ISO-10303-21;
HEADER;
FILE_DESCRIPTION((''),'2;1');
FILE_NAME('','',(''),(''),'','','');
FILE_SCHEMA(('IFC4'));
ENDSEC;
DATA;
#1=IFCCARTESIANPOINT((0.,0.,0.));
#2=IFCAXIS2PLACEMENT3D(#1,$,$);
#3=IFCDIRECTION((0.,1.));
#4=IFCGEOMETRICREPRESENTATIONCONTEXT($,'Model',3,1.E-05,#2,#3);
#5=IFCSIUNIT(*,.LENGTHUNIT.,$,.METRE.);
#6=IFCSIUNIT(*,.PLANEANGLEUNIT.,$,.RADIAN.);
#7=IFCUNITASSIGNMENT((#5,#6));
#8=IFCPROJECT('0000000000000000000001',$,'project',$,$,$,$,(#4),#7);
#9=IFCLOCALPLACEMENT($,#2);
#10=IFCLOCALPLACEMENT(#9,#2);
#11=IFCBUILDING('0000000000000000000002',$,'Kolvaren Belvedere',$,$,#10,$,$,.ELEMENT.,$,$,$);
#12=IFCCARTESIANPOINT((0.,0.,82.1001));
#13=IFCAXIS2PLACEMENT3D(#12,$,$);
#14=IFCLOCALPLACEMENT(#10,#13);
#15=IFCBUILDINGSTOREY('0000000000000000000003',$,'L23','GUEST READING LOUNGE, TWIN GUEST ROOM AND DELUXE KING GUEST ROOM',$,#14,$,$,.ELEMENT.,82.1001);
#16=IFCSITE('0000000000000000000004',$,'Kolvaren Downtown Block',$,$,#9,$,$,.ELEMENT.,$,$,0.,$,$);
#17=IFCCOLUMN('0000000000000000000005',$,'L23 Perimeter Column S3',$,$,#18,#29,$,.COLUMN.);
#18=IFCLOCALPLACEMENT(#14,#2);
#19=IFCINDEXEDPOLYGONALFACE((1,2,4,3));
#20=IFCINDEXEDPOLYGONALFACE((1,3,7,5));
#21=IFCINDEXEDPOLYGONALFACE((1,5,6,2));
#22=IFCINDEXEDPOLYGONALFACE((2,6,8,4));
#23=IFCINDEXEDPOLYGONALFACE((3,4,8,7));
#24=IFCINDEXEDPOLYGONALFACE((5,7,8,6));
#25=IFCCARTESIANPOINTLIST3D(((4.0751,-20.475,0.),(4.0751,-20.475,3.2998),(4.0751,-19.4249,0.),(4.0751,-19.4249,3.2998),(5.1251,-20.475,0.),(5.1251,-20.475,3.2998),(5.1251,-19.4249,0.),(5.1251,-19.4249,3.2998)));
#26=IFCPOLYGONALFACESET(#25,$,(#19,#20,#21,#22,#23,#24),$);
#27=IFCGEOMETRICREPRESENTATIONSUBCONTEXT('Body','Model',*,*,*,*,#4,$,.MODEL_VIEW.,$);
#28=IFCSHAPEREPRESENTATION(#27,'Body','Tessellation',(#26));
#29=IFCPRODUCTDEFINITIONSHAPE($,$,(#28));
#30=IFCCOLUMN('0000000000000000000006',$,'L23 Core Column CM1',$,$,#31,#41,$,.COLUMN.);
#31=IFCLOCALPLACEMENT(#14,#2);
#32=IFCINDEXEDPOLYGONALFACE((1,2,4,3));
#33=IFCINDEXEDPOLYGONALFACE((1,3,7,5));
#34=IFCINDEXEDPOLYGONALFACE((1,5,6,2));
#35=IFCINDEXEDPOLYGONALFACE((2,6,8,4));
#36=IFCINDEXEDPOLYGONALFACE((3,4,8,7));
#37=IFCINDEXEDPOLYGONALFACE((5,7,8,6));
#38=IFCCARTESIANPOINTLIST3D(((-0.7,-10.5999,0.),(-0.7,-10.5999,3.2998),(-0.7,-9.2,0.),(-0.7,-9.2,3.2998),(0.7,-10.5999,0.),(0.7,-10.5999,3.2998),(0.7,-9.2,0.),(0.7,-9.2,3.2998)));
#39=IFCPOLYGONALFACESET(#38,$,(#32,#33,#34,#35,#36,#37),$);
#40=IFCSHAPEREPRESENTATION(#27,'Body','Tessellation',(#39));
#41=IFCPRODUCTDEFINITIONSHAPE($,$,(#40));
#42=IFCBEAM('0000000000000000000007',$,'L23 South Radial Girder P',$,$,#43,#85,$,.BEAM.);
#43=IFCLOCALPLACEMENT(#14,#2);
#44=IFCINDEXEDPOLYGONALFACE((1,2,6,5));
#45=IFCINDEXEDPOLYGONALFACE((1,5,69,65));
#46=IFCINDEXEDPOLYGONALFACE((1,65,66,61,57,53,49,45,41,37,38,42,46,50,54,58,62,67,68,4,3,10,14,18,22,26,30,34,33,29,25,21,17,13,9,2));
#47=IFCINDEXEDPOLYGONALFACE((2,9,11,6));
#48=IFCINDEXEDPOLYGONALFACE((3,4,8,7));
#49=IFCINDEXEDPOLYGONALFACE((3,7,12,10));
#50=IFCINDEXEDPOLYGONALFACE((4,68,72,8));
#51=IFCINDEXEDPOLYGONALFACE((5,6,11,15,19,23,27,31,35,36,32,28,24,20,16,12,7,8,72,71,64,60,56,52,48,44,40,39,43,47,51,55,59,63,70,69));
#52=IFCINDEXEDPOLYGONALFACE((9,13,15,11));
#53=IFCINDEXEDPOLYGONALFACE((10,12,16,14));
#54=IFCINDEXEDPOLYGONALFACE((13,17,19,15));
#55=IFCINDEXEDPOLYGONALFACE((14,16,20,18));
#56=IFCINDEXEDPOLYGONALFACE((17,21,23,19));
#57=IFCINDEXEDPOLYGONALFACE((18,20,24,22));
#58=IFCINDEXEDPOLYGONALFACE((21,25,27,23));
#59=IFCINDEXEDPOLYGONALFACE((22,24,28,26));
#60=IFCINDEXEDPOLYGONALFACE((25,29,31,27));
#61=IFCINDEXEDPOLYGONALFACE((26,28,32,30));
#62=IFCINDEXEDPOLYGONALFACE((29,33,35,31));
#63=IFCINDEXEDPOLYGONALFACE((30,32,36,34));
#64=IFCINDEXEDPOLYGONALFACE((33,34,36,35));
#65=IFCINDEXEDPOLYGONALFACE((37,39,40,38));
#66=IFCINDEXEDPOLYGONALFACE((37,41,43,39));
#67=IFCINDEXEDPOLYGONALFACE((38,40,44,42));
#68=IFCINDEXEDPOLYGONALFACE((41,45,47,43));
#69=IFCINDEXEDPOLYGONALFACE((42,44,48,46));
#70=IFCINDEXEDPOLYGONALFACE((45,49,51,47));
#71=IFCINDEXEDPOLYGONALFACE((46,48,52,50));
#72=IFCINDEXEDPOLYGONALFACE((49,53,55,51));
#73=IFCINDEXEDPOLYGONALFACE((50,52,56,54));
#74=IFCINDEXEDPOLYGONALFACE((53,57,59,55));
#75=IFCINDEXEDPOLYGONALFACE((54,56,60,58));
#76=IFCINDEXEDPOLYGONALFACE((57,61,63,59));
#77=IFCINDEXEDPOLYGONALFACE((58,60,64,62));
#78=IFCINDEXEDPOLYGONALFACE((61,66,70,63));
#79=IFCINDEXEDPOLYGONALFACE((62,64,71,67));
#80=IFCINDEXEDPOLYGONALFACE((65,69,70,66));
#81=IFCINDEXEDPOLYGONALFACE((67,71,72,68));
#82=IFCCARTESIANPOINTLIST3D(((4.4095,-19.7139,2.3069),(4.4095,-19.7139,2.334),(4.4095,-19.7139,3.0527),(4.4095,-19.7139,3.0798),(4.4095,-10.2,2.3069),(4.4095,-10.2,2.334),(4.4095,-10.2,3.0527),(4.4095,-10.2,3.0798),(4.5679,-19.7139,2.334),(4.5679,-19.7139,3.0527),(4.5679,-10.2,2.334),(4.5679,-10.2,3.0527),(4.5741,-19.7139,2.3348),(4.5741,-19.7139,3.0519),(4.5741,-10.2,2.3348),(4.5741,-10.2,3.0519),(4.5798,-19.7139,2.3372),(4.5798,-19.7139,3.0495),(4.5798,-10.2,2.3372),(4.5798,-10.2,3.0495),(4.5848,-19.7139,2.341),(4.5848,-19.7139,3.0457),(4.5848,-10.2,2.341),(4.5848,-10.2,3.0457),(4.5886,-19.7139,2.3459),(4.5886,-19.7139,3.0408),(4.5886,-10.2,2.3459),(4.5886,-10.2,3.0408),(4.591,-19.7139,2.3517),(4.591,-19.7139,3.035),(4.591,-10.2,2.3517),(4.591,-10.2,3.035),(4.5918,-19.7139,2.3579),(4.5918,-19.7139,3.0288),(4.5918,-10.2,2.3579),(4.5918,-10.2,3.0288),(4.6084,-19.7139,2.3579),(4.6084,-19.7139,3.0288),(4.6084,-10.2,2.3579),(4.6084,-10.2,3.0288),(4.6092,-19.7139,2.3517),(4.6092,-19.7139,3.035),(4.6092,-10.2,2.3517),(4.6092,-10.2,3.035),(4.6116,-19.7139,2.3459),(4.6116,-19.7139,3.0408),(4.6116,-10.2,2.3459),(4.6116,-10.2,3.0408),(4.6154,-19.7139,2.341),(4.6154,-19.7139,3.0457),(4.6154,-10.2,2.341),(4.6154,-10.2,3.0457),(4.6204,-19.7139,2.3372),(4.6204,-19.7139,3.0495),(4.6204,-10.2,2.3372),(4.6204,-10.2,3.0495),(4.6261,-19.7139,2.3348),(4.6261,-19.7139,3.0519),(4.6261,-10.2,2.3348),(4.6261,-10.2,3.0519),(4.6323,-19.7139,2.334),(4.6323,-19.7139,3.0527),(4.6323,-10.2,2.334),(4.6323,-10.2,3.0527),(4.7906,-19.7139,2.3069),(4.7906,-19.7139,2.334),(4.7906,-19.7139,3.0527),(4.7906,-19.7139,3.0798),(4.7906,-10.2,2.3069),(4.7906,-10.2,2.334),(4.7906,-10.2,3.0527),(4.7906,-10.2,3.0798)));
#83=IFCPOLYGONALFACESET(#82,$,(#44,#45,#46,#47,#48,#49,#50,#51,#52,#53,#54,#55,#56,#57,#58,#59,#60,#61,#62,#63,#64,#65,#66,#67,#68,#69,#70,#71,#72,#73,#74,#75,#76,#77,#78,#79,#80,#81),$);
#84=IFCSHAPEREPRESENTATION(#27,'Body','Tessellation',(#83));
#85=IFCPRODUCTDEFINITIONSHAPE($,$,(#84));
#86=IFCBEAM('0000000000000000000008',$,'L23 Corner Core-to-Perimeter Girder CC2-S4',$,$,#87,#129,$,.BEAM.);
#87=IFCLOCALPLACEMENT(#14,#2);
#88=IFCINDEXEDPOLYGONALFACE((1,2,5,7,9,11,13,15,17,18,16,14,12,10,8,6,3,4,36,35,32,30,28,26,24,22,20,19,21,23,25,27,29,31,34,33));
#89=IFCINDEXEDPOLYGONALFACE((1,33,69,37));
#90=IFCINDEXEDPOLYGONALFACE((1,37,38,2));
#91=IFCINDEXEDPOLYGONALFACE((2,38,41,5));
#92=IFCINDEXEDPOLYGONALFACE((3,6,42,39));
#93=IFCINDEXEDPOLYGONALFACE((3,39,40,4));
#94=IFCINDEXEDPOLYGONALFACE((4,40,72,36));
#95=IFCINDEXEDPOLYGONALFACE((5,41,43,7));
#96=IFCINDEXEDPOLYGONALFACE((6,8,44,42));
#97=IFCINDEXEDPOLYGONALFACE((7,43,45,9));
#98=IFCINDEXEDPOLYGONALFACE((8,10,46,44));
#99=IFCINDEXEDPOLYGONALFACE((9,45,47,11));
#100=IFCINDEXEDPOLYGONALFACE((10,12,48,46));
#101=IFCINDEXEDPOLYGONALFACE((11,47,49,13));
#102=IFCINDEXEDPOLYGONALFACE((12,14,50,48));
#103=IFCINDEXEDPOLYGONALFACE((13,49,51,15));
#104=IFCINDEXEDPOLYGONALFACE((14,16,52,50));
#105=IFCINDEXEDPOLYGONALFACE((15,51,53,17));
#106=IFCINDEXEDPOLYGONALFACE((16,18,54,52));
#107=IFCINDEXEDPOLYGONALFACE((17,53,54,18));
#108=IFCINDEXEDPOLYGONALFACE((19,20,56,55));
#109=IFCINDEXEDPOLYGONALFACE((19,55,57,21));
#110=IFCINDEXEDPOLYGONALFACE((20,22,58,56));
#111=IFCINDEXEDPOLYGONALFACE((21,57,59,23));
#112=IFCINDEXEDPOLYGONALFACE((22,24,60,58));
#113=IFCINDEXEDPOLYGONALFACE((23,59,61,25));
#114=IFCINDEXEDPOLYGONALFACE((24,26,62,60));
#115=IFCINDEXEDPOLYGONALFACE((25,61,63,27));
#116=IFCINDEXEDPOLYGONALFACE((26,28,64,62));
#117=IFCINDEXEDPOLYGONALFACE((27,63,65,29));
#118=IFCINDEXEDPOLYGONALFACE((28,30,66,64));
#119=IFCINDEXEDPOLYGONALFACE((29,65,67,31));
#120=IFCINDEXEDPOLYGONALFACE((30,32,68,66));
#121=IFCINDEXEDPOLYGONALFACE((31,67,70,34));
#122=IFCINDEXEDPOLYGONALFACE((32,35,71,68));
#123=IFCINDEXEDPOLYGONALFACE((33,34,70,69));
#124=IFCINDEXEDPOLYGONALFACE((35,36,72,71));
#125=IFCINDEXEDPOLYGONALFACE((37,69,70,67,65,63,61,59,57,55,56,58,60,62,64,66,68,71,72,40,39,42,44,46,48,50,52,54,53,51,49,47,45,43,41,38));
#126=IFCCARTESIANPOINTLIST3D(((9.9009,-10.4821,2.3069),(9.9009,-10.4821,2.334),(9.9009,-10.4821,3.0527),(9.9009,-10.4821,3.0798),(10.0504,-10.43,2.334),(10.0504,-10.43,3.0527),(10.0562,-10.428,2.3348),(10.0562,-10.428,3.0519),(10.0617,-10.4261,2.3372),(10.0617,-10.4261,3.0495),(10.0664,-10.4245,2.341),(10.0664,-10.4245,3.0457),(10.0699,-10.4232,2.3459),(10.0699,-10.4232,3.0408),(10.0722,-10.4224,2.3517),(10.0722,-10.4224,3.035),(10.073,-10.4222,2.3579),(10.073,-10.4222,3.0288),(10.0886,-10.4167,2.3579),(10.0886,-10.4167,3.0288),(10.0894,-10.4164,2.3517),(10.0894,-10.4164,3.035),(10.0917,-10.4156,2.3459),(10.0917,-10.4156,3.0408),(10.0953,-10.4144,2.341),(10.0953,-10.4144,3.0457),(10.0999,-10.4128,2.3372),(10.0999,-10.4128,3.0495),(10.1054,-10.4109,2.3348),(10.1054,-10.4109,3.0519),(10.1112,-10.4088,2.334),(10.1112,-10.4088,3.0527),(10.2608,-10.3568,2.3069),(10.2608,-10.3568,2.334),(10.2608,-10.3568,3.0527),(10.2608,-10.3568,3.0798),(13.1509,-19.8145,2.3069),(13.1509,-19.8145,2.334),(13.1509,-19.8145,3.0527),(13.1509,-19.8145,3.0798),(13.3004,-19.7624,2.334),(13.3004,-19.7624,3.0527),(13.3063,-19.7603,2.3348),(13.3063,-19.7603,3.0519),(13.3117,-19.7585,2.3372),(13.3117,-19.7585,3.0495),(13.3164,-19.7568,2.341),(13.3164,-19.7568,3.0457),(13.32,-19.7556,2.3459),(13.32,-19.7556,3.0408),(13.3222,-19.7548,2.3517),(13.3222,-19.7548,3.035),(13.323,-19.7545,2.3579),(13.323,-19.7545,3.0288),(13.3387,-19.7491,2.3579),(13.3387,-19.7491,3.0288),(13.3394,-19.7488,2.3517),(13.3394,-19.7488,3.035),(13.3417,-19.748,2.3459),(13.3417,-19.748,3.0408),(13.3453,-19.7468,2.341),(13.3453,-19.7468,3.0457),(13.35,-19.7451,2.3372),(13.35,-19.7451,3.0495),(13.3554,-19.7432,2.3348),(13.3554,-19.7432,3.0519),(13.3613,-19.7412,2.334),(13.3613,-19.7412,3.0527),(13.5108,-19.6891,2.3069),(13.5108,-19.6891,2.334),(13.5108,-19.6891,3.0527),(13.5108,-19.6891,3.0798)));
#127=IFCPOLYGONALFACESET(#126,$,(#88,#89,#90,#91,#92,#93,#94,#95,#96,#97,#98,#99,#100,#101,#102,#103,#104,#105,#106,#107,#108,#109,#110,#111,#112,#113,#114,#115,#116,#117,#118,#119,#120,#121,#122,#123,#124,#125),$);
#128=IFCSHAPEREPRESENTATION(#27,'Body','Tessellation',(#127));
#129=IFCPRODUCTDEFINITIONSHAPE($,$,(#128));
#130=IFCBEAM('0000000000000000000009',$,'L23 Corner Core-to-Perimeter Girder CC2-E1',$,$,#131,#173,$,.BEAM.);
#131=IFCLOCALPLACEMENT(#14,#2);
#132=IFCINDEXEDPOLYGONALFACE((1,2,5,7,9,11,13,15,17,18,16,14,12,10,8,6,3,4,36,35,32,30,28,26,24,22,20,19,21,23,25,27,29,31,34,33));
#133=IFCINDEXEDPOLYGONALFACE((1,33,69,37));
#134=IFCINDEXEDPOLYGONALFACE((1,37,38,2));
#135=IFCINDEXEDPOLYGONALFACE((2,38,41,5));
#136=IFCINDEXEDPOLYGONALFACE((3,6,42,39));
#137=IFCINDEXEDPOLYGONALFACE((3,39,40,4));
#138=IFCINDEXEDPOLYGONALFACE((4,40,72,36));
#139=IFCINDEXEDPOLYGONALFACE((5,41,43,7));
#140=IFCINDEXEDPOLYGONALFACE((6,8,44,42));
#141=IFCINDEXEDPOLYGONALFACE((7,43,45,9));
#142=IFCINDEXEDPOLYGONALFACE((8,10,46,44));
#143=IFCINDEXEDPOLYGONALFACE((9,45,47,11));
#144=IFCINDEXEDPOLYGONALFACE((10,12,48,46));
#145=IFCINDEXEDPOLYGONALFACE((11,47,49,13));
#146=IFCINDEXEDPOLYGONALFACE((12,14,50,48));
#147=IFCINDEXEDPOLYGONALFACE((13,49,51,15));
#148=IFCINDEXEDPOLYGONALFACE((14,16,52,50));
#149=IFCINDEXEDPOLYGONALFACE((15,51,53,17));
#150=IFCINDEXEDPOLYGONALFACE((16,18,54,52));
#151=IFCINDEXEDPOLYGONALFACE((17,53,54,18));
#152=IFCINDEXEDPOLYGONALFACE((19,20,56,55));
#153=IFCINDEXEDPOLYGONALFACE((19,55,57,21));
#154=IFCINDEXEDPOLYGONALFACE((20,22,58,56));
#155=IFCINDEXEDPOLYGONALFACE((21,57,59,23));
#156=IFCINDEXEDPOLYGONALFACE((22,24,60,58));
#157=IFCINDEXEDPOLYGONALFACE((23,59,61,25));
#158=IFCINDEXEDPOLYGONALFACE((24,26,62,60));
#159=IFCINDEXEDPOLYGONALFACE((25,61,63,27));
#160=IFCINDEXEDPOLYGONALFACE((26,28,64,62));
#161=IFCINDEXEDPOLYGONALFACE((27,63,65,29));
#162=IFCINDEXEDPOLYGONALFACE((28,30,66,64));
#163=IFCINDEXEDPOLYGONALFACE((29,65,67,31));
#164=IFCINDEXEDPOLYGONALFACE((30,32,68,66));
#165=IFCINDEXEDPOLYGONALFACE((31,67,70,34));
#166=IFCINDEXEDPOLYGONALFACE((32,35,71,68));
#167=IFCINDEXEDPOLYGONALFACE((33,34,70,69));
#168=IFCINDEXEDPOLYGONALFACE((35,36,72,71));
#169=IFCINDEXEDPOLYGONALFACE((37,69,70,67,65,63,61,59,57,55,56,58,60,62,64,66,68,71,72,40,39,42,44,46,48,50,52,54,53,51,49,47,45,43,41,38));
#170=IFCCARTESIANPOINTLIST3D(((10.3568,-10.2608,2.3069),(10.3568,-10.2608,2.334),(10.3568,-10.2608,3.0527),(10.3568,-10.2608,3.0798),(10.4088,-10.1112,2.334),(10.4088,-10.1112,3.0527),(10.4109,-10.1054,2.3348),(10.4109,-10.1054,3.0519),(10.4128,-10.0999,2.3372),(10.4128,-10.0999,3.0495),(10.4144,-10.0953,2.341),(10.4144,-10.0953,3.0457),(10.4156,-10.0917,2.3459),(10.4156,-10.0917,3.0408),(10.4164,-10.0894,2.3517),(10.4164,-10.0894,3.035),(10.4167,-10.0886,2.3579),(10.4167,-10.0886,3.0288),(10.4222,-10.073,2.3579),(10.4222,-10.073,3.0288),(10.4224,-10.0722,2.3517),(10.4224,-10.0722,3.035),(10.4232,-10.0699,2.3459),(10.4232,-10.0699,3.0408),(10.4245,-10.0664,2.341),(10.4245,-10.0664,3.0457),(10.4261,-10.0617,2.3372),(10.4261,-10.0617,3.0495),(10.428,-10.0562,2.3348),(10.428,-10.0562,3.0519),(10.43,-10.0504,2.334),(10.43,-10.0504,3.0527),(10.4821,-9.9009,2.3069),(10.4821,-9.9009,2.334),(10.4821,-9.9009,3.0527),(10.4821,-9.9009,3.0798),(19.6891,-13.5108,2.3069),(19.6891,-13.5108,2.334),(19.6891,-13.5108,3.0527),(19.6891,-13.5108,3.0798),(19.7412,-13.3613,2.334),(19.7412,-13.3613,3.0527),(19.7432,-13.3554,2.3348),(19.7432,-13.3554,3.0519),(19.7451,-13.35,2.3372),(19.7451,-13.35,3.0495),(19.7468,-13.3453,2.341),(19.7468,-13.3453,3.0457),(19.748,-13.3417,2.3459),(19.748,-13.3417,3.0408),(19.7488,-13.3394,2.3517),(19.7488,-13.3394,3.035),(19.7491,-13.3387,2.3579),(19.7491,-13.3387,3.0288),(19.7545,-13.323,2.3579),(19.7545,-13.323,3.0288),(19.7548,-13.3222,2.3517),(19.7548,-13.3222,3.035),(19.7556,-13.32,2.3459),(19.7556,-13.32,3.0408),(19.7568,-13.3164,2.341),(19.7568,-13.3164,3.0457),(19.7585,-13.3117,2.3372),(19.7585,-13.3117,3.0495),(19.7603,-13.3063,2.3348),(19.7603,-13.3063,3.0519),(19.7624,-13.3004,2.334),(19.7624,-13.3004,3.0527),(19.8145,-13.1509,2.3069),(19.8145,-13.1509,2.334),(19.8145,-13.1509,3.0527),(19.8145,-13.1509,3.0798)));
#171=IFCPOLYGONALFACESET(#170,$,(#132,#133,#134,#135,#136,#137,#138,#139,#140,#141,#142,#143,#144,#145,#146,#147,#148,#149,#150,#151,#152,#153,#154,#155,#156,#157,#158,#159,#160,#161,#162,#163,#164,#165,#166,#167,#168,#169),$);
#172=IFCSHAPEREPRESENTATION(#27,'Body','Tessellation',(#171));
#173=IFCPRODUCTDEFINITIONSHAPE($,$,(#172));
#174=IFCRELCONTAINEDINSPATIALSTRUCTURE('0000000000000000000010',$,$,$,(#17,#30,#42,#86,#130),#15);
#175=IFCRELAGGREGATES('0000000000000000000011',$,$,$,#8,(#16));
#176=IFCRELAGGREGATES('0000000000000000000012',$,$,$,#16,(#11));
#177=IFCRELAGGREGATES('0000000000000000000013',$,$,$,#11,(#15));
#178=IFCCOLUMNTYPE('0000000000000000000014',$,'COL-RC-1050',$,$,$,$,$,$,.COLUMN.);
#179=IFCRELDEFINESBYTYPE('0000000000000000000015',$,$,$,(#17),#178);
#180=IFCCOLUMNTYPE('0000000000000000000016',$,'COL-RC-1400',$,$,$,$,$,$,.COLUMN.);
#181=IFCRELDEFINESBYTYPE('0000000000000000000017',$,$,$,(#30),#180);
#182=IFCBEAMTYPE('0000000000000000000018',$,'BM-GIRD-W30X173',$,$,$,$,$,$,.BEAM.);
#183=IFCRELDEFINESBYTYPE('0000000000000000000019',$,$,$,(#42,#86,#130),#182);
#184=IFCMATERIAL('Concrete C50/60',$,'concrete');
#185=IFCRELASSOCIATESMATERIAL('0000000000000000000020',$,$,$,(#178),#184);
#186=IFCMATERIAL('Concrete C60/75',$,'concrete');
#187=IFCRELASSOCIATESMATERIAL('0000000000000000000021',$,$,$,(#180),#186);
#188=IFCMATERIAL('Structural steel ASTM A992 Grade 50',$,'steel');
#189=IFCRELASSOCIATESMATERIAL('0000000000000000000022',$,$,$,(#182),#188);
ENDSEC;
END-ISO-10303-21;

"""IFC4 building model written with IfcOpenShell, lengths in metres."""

from ifc_helpers import new_model, si_unit, direction, frame, origin, origin_2d, place, context, subcontext, project, spatial, rectangle, i_section, extrude, material, material_profile, profile_set, type_object, element, save


model = new_model("IFC4")

# Units and contexts
model_context = context("Model", 3, precision=1e-05, world=origin(), true_north=direction((0.0, 1.0)))
body_context = subcontext(model_context, "Body", "Model", "MODEL_VIEW")
ifc_project = project(units=[si_unit("LENGTHUNIT", "METRE"), si_unit("PLANEANGLEUNIT", "RADIAN")], contexts=[model_context])

# Site, building, storey
site_placement = place(None, origin())
site = spatial("IfcSite", under=ifc_project, at=site_placement, Name="Kolvaren Downtown Block", CompositionType="ELEMENT", RefElevation=0.0)
building_placement = place(site_placement, origin())
building = spatial("IfcBuilding", under=site, at=building_placement, Name="Kolvaren Belvedere", CompositionType="ELEMENT")
storey_placement = place(building_placement, frame((0.0, 0.0, 82.1001)))
storey = spatial("IfcBuildingStorey", under=building, at=storey_placement, Name="L23", Description="GUEST READING LOUNGE, TWIN GUEST ROOM AND DELUXE KING GUEST ROOM", CompositionType="ELEMENT", Elevation=82.1001)

# Columns
ifc_material_1 = material(Name="Concrete C50/60", Category="concrete")
ifc_material_profile_1 = material_profile(ifc_material_1, rectangle(XDim=1.05, YDim=1.05, at=origin_2d()), Name="RC 1050X1050")
ifc_profile_set_1 = profile_set([ifc_material_profile_1], Name="Concrete C50/60")
column_type_1 = type_object("IfcColumnType", Name="COL-RC-1050", PredefinedType="COLUMN", material=ifc_profile_set_1)
column_1_placement = place(storey_placement, frame((4.6001, -19.95, 0.0), z_axis=(0.0, 0.0, 1.0), x_axis=(1.0, 0.0, 0.0)))
element("IfcColumn", 1, at=column_1_placement, inside=storey, type_object=column_type_1, Name="L23 Perimeter Column S3", PredefinedType="COLUMN", context=body_context, shape_type="SweptSolid", body=[
    extrude(rectangle(XDim=1.05, YDim=1.05, at=origin_2d()), origin(), (0.0, 0.0, 1.0), 3.2998),
])
ifc_material_2 = material(Name="Concrete C60/75", Category="concrete")
ifc_material_profile_2 = material_profile(ifc_material_2, rectangle(XDim=1.3999, YDim=1.3999, at=origin_2d()), Name="RC 1400X1400")
ifc_profile_set_2 = profile_set([ifc_material_profile_2], Name="Concrete C60/75")
column_type_2 = type_object("IfcColumnType", Name="COL-RC-1400", PredefinedType="COLUMN", material=ifc_profile_set_2)
column_2_placement = place(storey_placement, frame((0.0, -9.8999, 0.0), z_axis=(0.0, 0.0, 1.0), x_axis=(1.0, 0.0, 0.0)))
element("IfcColumn", 2, at=column_2_placement, inside=storey, type_object=column_type_2, Name="L23 Core Column CM1", PredefinedType="COLUMN", context=body_context, shape_type="SweptSolid", body=[
    extrude(rectangle(XDim=1.3999, YDim=1.3999, at=origin_2d()), origin(), (0.0, 0.0, 1.0), 3.2998),
])

# Beams
ifc_material_3 = material(Name="Structural steel ASTM A992 Grade 50", Category="steel")
ifc_material_profile_3 = material_profile(ifc_material_3, i_section(OverallWidth=0.3811, OverallDepth=0.7729, WebThickness=0.0166, FlangeThickness=0.0271, FilletRadius=0.0239, at=origin_2d()), Name="W30X173")
ifc_profile_set_3 = profile_set([ifc_material_profile_3], Name="Structural steel ASTM A992 Grade 50")
beam_type_1 = type_object("IfcBeamType", Name="BM-GIRD-W30X173", PredefinedType="BEAM", material=ifc_profile_set_3)
beam_1_placement = place(storey_placement, frame((4.6001, -10.2, 2.6934), z_axis=(0.0, -1.0, 0.0), x_axis=(1.0, 0.0, 0.0)))
element("IfcBeam", 3, at=beam_1_placement, inside=storey, type_object=beam_type_1, Name="L23 South Radial Girder P", PredefinedType="BEAM", context=body_context, shape_type="SweptSolid", body=[
    extrude(i_section(OverallWidth=0.3811, OverallDepth=0.7729, WebThickness=0.0166, FlangeThickness=0.0271, FilletRadius=0.0239, at=origin_2d()), origin(), (0.0, 0.0, 1.0), 9.5139),
])
for number, where, z_axis, x_axis, name in (
    (4, (10.0808, -10.4194, 2.6934), (0.328881, -0.944371, 0.0), (0.944371, 0.328881, 0.0), "L23 Corner Core-to-Perimeter Girder CC2-S4"),
    (5, (10.4194, -10.0808, 2.6934), (0.944371, -0.328881, 0.0), (0.328881, 0.944371, 0.0), "L23 Corner Core-to-Perimeter Girder CC2-E1"),
):
    element("IfcBeam", number, at=place(storey_placement, frame(where, z_axis=z_axis, x_axis=x_axis)), inside=storey, type_object=beam_type_1, Name=name, PredefinedType="BEAM", context=body_context, shape_type="SweptSolid", body=[
        extrude(i_section(OverallWidth=0.3811, OverallDepth=0.7729, WebThickness=0.0166, FlangeThickness=0.0271, FilletRadius=0.0239, at=origin_2d()), origin(), (0.0, 0.0, 1.0), 9.8821),
    ])

save(model, "model.ifc")
